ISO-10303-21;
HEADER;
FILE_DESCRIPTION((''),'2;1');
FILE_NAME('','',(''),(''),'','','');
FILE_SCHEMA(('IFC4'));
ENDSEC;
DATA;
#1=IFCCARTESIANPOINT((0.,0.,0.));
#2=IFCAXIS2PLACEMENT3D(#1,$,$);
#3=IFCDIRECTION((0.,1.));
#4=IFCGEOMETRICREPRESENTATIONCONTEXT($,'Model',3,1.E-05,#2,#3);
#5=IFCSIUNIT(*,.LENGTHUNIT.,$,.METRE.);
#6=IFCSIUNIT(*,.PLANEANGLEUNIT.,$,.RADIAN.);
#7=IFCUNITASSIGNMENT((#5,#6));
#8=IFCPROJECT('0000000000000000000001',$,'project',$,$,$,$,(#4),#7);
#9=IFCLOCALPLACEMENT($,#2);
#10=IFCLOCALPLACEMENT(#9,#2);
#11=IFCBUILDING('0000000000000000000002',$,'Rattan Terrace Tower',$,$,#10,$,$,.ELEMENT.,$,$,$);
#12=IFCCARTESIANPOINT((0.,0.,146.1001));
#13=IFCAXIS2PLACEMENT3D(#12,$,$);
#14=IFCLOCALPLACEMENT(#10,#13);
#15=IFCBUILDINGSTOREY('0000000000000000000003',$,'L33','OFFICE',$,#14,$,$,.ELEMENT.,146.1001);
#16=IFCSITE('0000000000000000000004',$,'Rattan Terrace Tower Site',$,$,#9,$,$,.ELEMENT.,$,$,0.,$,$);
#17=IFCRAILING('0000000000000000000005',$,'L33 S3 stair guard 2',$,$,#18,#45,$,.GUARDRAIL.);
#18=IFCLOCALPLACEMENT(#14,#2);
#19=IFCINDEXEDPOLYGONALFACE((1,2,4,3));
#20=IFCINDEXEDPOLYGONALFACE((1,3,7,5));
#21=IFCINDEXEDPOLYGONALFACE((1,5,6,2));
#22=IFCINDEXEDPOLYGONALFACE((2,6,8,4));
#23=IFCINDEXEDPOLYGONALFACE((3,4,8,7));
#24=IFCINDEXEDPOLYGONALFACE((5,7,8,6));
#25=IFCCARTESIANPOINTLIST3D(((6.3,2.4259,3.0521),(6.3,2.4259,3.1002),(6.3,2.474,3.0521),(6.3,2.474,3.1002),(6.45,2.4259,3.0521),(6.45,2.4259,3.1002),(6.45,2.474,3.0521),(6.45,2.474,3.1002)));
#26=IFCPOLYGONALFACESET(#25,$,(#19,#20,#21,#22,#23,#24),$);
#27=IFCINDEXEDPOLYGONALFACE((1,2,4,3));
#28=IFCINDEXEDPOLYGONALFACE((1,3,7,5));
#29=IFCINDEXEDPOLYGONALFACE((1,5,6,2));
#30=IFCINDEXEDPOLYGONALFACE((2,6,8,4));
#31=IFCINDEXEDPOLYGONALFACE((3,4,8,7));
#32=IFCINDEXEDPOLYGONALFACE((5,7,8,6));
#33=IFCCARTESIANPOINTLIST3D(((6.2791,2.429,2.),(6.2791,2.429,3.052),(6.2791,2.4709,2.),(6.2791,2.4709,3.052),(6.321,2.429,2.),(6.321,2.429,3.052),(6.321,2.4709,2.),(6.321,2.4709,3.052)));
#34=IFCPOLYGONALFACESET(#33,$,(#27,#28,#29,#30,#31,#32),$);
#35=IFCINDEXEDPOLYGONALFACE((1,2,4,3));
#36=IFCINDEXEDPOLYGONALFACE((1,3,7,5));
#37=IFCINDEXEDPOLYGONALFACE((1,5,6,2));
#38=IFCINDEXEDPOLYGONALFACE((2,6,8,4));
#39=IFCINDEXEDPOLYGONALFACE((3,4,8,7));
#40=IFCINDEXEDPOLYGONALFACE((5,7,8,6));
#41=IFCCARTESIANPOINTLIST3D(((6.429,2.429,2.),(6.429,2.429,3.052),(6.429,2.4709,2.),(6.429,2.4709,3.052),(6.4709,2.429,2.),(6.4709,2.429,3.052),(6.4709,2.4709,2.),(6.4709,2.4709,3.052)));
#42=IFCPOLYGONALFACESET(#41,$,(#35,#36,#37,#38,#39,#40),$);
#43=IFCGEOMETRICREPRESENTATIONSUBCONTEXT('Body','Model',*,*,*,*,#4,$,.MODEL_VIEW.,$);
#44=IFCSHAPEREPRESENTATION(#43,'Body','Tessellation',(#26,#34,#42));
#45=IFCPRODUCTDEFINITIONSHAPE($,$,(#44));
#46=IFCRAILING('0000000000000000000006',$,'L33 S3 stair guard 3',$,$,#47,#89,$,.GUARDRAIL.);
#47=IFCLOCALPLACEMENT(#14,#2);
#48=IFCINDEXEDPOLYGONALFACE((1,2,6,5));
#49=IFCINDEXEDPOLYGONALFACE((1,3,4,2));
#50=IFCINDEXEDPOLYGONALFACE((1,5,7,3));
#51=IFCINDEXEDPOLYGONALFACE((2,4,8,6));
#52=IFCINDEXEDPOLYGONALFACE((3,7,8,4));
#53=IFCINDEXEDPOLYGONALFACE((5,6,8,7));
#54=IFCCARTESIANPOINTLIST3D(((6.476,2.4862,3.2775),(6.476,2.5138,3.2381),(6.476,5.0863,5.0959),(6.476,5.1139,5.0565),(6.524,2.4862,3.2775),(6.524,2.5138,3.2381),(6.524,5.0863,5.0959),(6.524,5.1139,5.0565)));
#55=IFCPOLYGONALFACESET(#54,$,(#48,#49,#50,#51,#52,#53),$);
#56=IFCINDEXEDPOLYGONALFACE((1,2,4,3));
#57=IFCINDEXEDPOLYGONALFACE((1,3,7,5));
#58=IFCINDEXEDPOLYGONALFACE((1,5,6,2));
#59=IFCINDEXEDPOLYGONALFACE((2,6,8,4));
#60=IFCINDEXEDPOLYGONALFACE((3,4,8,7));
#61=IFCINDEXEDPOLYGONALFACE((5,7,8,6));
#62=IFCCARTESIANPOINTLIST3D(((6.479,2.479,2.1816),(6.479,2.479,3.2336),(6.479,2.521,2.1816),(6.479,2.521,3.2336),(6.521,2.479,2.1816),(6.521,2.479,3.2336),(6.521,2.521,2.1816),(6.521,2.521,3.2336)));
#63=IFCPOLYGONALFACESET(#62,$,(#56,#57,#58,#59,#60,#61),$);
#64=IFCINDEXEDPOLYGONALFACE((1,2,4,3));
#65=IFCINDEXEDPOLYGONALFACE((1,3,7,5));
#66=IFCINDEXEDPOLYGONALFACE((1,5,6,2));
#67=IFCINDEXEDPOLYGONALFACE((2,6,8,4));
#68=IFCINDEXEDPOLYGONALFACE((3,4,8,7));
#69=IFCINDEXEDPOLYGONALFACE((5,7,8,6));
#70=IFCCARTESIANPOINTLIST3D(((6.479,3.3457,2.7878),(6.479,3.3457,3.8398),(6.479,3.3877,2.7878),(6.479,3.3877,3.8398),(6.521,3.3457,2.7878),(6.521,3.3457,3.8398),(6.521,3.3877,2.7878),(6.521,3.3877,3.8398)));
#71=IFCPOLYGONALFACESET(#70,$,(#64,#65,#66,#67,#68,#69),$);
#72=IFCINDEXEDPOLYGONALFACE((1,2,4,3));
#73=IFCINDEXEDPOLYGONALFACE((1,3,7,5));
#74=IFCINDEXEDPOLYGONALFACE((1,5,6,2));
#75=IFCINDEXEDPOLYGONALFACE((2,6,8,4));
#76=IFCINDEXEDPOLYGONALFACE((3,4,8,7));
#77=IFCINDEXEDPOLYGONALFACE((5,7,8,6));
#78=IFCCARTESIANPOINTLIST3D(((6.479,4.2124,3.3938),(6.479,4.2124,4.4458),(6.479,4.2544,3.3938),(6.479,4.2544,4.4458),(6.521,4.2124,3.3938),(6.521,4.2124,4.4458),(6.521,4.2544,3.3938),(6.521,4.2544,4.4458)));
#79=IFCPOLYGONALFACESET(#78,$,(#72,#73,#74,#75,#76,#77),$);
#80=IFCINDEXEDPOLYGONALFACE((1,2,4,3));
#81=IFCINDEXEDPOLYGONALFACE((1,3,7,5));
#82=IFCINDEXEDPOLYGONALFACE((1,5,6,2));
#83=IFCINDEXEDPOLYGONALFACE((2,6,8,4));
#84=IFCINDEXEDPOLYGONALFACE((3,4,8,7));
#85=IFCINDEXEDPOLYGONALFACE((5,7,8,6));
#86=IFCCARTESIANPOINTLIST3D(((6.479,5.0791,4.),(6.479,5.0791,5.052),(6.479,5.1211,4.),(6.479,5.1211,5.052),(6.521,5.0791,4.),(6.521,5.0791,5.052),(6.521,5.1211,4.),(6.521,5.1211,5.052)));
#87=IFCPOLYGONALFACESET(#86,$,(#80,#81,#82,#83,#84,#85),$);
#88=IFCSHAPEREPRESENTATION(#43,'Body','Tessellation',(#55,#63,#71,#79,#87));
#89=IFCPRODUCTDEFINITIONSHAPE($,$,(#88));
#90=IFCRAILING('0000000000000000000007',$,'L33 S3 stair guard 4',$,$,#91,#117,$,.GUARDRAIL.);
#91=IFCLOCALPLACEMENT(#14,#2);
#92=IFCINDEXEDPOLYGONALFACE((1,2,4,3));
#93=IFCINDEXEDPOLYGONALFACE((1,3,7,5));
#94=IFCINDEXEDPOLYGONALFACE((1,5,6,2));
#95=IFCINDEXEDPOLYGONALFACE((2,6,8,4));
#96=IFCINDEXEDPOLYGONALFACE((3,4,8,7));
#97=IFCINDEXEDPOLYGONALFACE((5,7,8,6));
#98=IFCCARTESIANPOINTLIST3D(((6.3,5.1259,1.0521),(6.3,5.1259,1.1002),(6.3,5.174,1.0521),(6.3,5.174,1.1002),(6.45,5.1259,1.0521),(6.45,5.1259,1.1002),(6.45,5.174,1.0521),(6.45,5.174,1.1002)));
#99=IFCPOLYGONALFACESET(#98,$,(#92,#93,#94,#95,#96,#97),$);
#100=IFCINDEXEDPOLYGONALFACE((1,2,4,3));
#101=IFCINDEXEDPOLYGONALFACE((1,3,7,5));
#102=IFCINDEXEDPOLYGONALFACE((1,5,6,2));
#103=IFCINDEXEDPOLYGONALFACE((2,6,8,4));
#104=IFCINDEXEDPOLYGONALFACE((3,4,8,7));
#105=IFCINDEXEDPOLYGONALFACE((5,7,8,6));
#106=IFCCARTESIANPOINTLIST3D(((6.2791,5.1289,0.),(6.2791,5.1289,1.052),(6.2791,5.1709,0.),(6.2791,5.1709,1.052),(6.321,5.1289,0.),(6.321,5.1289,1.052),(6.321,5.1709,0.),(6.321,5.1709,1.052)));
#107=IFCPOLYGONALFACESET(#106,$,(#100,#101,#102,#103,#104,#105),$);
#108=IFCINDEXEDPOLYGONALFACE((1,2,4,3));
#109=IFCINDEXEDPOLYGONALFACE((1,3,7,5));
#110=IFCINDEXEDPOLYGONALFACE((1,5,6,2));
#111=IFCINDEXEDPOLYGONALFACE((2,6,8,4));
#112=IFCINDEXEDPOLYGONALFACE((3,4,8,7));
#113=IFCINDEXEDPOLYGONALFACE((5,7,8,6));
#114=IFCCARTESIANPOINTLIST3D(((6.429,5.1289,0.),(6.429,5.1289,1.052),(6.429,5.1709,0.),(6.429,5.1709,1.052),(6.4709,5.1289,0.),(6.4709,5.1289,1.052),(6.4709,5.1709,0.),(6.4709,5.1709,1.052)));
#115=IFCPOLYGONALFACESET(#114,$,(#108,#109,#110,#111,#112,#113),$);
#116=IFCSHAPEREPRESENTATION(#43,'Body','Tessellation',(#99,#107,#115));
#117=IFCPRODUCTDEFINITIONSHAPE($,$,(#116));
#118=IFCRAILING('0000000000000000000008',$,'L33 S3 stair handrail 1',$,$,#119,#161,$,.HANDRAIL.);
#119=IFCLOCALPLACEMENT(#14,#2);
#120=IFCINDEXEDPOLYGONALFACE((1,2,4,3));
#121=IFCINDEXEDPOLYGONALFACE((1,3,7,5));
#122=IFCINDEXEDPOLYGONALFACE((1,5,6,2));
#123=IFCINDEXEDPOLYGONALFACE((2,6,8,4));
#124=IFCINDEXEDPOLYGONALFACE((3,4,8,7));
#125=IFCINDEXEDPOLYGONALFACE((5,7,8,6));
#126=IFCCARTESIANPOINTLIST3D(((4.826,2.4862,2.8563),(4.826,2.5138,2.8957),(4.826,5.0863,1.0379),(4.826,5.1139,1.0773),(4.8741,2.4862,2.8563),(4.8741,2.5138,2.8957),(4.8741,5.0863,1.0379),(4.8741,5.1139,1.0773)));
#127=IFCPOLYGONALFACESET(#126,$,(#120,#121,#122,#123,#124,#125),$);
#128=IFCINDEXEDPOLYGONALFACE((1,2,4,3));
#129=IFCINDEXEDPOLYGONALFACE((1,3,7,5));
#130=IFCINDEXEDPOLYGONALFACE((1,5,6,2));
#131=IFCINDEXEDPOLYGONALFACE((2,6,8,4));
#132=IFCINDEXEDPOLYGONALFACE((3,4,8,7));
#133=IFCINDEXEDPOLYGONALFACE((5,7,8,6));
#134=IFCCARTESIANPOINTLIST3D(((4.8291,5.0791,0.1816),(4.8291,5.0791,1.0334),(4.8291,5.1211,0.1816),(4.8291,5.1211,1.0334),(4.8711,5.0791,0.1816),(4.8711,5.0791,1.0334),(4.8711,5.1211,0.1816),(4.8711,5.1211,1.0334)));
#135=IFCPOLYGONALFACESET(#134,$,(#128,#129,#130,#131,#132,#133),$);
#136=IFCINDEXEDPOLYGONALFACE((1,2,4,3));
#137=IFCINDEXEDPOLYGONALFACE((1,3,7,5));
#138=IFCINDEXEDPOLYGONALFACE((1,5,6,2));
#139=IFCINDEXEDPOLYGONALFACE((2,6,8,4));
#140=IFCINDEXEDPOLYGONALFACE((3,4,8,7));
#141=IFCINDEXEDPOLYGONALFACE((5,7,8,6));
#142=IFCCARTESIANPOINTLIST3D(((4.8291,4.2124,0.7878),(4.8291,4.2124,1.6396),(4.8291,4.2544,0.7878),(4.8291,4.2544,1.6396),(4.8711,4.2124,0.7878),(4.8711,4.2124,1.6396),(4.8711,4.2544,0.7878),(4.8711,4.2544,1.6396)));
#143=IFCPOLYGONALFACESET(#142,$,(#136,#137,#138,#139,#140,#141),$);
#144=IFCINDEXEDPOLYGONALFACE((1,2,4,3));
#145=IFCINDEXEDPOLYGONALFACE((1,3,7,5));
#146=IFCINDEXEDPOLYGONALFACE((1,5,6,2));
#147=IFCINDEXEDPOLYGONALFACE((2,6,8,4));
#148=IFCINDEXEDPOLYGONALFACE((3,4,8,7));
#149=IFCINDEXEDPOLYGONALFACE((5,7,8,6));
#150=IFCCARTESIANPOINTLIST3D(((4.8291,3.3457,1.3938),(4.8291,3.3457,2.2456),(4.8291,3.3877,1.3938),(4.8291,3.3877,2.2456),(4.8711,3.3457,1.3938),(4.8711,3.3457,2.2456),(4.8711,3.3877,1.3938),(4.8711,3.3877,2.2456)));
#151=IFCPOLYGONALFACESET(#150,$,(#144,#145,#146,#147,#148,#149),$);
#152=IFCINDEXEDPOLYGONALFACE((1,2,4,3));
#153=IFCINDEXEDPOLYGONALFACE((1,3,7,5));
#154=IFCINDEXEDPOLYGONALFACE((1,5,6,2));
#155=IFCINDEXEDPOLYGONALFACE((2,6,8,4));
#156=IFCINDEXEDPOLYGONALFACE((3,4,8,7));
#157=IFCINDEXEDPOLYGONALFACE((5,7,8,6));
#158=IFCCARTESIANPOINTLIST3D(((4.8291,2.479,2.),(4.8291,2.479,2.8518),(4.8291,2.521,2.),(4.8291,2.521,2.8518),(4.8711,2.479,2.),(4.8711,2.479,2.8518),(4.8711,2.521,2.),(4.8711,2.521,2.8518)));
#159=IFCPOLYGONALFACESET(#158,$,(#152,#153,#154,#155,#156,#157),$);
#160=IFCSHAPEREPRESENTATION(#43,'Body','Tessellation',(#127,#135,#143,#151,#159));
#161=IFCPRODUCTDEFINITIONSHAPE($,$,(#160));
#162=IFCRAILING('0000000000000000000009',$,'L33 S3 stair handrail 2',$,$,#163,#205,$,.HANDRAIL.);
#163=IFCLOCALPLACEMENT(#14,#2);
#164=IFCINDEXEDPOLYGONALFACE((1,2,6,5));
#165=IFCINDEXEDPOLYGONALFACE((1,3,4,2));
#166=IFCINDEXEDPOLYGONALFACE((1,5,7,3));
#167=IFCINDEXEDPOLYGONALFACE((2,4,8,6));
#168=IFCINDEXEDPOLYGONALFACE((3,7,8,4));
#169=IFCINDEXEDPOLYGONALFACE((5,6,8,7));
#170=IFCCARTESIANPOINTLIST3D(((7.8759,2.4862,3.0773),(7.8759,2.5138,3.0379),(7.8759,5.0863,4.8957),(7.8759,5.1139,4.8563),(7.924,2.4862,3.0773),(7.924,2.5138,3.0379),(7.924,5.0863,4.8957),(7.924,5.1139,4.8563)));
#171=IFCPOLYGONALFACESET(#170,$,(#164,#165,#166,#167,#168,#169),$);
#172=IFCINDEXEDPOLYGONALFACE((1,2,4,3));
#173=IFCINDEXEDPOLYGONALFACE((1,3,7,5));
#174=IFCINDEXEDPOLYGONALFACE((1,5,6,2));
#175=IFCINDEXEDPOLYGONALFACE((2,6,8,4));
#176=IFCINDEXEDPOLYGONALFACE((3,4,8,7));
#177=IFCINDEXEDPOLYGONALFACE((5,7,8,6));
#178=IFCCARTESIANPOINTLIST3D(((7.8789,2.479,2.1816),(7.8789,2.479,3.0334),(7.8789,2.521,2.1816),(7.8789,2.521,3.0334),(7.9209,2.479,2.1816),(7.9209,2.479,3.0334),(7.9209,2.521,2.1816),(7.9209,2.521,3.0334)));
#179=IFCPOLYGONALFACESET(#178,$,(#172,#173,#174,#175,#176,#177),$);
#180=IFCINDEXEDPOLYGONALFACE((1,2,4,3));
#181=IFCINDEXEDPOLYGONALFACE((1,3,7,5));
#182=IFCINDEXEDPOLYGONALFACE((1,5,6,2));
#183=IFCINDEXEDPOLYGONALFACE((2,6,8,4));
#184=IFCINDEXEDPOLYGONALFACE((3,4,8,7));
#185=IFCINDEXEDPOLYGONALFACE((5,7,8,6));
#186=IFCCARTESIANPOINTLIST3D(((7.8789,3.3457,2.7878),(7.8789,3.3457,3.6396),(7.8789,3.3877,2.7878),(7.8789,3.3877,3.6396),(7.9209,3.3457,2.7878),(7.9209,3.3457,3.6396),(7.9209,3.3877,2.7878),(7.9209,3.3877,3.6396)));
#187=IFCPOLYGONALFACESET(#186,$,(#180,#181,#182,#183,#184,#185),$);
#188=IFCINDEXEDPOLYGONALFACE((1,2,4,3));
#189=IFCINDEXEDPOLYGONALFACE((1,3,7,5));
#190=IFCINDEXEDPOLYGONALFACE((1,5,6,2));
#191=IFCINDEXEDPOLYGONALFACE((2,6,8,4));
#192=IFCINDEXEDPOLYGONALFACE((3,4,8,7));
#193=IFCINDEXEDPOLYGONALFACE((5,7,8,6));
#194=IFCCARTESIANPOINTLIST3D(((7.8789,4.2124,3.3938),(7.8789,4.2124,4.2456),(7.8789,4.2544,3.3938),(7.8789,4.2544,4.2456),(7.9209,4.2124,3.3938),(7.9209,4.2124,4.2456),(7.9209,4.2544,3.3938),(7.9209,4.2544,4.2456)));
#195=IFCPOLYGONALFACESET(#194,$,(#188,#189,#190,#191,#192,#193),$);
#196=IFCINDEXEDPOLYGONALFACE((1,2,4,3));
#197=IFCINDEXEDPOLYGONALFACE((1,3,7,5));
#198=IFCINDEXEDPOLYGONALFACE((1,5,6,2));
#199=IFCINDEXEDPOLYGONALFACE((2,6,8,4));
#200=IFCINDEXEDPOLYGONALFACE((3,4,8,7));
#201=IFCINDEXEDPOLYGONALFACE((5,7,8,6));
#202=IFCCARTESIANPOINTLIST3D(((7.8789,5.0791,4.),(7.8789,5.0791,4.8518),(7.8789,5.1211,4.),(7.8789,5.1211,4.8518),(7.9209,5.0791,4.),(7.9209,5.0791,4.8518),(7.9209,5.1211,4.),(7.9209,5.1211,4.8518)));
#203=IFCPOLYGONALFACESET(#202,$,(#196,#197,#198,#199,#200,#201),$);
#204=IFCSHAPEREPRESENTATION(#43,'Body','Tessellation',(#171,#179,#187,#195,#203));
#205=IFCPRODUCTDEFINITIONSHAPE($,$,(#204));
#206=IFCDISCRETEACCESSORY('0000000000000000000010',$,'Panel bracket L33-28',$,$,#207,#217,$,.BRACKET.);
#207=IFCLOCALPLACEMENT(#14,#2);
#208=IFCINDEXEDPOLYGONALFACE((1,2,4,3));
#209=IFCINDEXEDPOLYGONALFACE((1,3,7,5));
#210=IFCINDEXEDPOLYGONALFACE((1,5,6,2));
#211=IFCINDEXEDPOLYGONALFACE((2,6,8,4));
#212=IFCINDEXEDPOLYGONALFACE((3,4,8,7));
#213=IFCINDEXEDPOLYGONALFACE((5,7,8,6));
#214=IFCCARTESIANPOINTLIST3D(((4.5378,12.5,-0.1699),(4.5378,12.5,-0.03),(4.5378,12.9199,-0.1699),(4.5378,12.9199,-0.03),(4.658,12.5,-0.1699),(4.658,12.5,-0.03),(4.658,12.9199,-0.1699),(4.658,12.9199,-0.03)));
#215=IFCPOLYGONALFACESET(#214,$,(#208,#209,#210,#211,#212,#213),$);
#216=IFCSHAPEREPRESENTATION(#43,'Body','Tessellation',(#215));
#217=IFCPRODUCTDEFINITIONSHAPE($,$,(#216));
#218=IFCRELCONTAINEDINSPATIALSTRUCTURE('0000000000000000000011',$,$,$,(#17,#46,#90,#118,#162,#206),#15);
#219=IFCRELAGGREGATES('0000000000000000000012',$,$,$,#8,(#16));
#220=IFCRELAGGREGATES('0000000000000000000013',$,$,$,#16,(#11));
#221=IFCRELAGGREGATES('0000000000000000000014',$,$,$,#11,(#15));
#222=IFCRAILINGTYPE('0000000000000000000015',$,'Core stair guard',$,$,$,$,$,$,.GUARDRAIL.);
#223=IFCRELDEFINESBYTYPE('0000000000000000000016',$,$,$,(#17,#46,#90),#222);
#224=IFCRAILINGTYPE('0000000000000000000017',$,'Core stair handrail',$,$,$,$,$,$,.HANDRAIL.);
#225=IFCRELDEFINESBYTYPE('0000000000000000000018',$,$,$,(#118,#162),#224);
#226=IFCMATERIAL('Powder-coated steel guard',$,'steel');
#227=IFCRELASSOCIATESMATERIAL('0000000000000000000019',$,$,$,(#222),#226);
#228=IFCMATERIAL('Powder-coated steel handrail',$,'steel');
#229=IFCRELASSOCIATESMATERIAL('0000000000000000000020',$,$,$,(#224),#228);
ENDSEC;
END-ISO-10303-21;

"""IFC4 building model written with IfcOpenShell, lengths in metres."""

from ifc_helpers import new_model, si_unit, direction, frame, origin, origin_2d, place, context, subcontext, project, spatial, rectangle, extrude, material, type_object, element, save


model = new_model("IFC4")

# Units and contexts
model_context = context("Model", 3, precision=1e-05, world=origin(), true_north=direction((0.0, 1.0)))
body_context = subcontext(model_context, "Body", "Model", "MODEL_VIEW")
ifc_project = project(units=[si_unit("LENGTHUNIT", "METRE"), si_unit("PLANEANGLEUNIT", "RADIAN")], contexts=[model_context])

# Site, building, storey
site_placement = place(None, origin())
site = spatial("IfcSite", under=ifc_project, at=site_placement, Name="Rattan Terrace Tower Site", CompositionType="ELEMENT", RefElevation=0.0)
building_placement = place(site_placement, origin())
building = spatial("IfcBuilding", under=site, at=building_placement, Name="Rattan Terrace Tower", CompositionType="ELEMENT")
storey_placement = place(building_placement, frame((0.0, 0.0, 146.1001)))
storey = spatial("IfcBuildingStorey", under=building, at=storey_placement, Name="L33", Description="OFFICE", CompositionType="ELEMENT", Elevation=146.1001)

# Railings
ifc_material_1 = material(Name="Powder-coated steel guard", Category="steel")
railing_type_1 = type_object("IfcRailingType", Name="Core stair guard", PredefinedType="GUARDRAIL", material=ifc_material_1)
railing_1_placement = place(storey_placement, frame((6.3, 2.45, 2.0)))
element("IfcRailing", 1, at=railing_1_placement, inside=storey, type_object=railing_type_1, Name="L33 S3 stair guard 2", PredefinedType="GUARDRAIL", context=body_context, shape_type="SweptSolid", body=[
    extrude(rectangle(XDim=0.0481, YDim=0.0481, at=origin_2d()), frame((0.0, 0.0, 1.0762), z_axis=(1.0, 0.0, 0.0), x_axis=(0.0, 1.0, 0.0)), (0.0, 0.0, 1.0), 0.1499),
    extrude(rectangle(XDim=0.042, YDim=0.042, at=origin_2d()), origin(), (0.0, 0.0, 1.0), 1.052),
    extrude(rectangle(XDim=0.042, YDim=0.042, at=origin_2d()), frame((0.1499, 0.0, 0.0)), (0.0, 0.0, 1.0), 1.052),
])
railing_2_placement = place(storey_placement, frame((6.5, 2.5, 2.1816)))
element("IfcRailing", 2, at=railing_2_placement, inside=storey, type_object=railing_type_1, Name="L33 S3 stair guard 3", PredefinedType="GUARDRAIL", context=body_context, shape_type="SweptSolid", body=[
    extrude(rectangle(XDim=0.0481, YDim=0.0481, at=origin_2d()), frame((0.0, 0.0, 1.0762), z_axis=(0.0, 0.819485, 0.573101), x_axis=(-1.0, 0.0, 0.0)), (0.0, 0.0, 1.0), 3.1729),
    extrude(rectangle(XDim=0.042, YDim=0.042, at=origin_2d()), origin(), (0.0, 0.0, 1.0), 1.052),
    extrude(rectangle(XDim=0.042, YDim=0.042, at=origin_2d()), frame((0.0, 0.8667, 0.6062)), (0.0, 0.0, 1.0), 1.052),
    extrude(rectangle(XDim=0.042, YDim=0.042, at=origin_2d()), frame((0.0, 1.7334, 1.2122)), (0.0, 0.0, 1.0), 1.052),
    extrude(rectangle(XDim=0.042, YDim=0.042, at=origin_2d()), frame((0.0, 2.6001, 1.8184)), (0.0, 0.0, 1.0), 1.052),
])
railing_3_placement = place(storey_placement, frame((6.3, 5.1499, 0.0)))
element("IfcRailing", 3, at=railing_3_placement, inside=storey, type_object=railing_type_1, Name="L33 S3 stair guard 4", PredefinedType="GUARDRAIL", context=body_context, shape_type="SweptSolid", body=[
    extrude(rectangle(XDim=0.0481, YDim=0.0481, at=origin_2d()), frame((0.0, 0.0, 1.0762), z_axis=(1.0, 0.0, 0.0), x_axis=(0.0, 1.0, 0.0)), (0.0, 0.0, 1.0), 0.1499),
    extrude(rectangle(XDim=0.042, YDim=0.042, at=origin_2d()), origin(), (0.0, 0.0, 1.0), 1.052),
    extrude(rectangle(XDim=0.042, YDim=0.042, at=origin_2d()), frame((0.1499, 0.0, 0.0)), (0.0, 0.0, 1.0), 1.052),
])
ifc_material_2 = material(Name="Powder-coated steel handrail", Category="steel")
railing_type_2 = type_object("IfcRailingType", Name="Core stair handrail", PredefinedType="HANDRAIL", material=ifc_material_2)
railing_4_placement = place(storey_placement, frame((4.8501, 5.1001, 0.1816)))
element("IfcRailing", 4, at=railing_4_placement, inside=storey, type_object=railing_type_2, Name="L33 S3 stair handrail 1", PredefinedType="HANDRAIL", context=body_context, shape_type="SweptSolid", body=[
    extrude(rectangle(XDim=0.0481, YDim=0.0481, at=origin_2d()), frame((0.0, 0.0, 0.876), z_axis=(0.0, -0.819485, 0.573101), x_axis=(1.0, 0.0, 0.0)), (0.0, 0.0, 1.0), 3.1729),
    extrude(rectangle(XDim=0.042, YDim=0.042, at=origin_2d()), origin(), (0.0, 0.0, 1.0), 0.8518),
    extrude(rectangle(XDim=0.042, YDim=0.042, at=origin_2d()), frame((0.0, -0.8667, 0.6062)), (0.0, 0.0, 1.0), 0.8518),
    extrude(rectangle(XDim=0.042, YDim=0.042, at=origin_2d()), frame((0.0, -1.7334, 1.2122)), (0.0, 0.0, 1.0), 0.8518),
    extrude(rectangle(XDim=0.042, YDim=0.042, at=origin_2d()), frame((0.0, -2.6001, 1.8184)), (0.0, 0.0, 1.0), 0.8518),
])
railing_5_placement = place(storey_placement, frame((7.8999, 2.5, 2.1816)))
element("IfcRailing", 5, at=railing_5_placement, inside=storey, type_object=railing_type_2, Name="L33 S3 stair handrail 2", PredefinedType="HANDRAIL", context=body_context, shape_type="SweptSolid", body=[
    extrude(rectangle(XDim=0.0481, YDim=0.0481, at=origin_2d()), frame((0.0, 0.0, 0.876), z_axis=(0.0, 0.819485, 0.573101), x_axis=(-1.0, 0.0, 0.0)), (0.0, 0.0, 1.0), 3.1729),
    extrude(rectangle(XDim=0.042, YDim=0.042, at=origin_2d()), origin(), (0.0, 0.0, 1.0), 0.8518),
    extrude(rectangle(XDim=0.042, YDim=0.042, at=origin_2d()), frame((0.0, 0.8667, 0.6062)), (0.0, 0.0, 1.0), 0.8518),
    extrude(rectangle(XDim=0.042, YDim=0.042, at=origin_2d()), frame((0.0, 1.7334, 1.2122)), (0.0, 0.0, 1.0), 0.8518),
    extrude(rectangle(XDim=0.042, YDim=0.042, at=origin_2d()), frame((0.0, 2.6001, 1.8184)), (0.0, 0.0, 1.0), 0.8518),
])

# Discrete accessory
discrete_accessory_placement = place(storey_placement, frame((4.5979, 12.71, -0.1699), z_axis=(0.0, 0.0, 1.0), x_axis=(-1.0, 0.0, 0.0)))
element("IfcDiscreteAccessory", 6, at=discrete_accessory_placement, inside=storey, Name="Panel bracket L33-28", PredefinedType="BRACKET", context=body_context, shape_type="SweptSolid", body=[
    extrude(rectangle(XDim=0.1201, YDim=0.4199, at=origin_2d()), origin(), (0.0, 0.0, 1.0), 0.1399),
])

save(model, "model.ifc")
